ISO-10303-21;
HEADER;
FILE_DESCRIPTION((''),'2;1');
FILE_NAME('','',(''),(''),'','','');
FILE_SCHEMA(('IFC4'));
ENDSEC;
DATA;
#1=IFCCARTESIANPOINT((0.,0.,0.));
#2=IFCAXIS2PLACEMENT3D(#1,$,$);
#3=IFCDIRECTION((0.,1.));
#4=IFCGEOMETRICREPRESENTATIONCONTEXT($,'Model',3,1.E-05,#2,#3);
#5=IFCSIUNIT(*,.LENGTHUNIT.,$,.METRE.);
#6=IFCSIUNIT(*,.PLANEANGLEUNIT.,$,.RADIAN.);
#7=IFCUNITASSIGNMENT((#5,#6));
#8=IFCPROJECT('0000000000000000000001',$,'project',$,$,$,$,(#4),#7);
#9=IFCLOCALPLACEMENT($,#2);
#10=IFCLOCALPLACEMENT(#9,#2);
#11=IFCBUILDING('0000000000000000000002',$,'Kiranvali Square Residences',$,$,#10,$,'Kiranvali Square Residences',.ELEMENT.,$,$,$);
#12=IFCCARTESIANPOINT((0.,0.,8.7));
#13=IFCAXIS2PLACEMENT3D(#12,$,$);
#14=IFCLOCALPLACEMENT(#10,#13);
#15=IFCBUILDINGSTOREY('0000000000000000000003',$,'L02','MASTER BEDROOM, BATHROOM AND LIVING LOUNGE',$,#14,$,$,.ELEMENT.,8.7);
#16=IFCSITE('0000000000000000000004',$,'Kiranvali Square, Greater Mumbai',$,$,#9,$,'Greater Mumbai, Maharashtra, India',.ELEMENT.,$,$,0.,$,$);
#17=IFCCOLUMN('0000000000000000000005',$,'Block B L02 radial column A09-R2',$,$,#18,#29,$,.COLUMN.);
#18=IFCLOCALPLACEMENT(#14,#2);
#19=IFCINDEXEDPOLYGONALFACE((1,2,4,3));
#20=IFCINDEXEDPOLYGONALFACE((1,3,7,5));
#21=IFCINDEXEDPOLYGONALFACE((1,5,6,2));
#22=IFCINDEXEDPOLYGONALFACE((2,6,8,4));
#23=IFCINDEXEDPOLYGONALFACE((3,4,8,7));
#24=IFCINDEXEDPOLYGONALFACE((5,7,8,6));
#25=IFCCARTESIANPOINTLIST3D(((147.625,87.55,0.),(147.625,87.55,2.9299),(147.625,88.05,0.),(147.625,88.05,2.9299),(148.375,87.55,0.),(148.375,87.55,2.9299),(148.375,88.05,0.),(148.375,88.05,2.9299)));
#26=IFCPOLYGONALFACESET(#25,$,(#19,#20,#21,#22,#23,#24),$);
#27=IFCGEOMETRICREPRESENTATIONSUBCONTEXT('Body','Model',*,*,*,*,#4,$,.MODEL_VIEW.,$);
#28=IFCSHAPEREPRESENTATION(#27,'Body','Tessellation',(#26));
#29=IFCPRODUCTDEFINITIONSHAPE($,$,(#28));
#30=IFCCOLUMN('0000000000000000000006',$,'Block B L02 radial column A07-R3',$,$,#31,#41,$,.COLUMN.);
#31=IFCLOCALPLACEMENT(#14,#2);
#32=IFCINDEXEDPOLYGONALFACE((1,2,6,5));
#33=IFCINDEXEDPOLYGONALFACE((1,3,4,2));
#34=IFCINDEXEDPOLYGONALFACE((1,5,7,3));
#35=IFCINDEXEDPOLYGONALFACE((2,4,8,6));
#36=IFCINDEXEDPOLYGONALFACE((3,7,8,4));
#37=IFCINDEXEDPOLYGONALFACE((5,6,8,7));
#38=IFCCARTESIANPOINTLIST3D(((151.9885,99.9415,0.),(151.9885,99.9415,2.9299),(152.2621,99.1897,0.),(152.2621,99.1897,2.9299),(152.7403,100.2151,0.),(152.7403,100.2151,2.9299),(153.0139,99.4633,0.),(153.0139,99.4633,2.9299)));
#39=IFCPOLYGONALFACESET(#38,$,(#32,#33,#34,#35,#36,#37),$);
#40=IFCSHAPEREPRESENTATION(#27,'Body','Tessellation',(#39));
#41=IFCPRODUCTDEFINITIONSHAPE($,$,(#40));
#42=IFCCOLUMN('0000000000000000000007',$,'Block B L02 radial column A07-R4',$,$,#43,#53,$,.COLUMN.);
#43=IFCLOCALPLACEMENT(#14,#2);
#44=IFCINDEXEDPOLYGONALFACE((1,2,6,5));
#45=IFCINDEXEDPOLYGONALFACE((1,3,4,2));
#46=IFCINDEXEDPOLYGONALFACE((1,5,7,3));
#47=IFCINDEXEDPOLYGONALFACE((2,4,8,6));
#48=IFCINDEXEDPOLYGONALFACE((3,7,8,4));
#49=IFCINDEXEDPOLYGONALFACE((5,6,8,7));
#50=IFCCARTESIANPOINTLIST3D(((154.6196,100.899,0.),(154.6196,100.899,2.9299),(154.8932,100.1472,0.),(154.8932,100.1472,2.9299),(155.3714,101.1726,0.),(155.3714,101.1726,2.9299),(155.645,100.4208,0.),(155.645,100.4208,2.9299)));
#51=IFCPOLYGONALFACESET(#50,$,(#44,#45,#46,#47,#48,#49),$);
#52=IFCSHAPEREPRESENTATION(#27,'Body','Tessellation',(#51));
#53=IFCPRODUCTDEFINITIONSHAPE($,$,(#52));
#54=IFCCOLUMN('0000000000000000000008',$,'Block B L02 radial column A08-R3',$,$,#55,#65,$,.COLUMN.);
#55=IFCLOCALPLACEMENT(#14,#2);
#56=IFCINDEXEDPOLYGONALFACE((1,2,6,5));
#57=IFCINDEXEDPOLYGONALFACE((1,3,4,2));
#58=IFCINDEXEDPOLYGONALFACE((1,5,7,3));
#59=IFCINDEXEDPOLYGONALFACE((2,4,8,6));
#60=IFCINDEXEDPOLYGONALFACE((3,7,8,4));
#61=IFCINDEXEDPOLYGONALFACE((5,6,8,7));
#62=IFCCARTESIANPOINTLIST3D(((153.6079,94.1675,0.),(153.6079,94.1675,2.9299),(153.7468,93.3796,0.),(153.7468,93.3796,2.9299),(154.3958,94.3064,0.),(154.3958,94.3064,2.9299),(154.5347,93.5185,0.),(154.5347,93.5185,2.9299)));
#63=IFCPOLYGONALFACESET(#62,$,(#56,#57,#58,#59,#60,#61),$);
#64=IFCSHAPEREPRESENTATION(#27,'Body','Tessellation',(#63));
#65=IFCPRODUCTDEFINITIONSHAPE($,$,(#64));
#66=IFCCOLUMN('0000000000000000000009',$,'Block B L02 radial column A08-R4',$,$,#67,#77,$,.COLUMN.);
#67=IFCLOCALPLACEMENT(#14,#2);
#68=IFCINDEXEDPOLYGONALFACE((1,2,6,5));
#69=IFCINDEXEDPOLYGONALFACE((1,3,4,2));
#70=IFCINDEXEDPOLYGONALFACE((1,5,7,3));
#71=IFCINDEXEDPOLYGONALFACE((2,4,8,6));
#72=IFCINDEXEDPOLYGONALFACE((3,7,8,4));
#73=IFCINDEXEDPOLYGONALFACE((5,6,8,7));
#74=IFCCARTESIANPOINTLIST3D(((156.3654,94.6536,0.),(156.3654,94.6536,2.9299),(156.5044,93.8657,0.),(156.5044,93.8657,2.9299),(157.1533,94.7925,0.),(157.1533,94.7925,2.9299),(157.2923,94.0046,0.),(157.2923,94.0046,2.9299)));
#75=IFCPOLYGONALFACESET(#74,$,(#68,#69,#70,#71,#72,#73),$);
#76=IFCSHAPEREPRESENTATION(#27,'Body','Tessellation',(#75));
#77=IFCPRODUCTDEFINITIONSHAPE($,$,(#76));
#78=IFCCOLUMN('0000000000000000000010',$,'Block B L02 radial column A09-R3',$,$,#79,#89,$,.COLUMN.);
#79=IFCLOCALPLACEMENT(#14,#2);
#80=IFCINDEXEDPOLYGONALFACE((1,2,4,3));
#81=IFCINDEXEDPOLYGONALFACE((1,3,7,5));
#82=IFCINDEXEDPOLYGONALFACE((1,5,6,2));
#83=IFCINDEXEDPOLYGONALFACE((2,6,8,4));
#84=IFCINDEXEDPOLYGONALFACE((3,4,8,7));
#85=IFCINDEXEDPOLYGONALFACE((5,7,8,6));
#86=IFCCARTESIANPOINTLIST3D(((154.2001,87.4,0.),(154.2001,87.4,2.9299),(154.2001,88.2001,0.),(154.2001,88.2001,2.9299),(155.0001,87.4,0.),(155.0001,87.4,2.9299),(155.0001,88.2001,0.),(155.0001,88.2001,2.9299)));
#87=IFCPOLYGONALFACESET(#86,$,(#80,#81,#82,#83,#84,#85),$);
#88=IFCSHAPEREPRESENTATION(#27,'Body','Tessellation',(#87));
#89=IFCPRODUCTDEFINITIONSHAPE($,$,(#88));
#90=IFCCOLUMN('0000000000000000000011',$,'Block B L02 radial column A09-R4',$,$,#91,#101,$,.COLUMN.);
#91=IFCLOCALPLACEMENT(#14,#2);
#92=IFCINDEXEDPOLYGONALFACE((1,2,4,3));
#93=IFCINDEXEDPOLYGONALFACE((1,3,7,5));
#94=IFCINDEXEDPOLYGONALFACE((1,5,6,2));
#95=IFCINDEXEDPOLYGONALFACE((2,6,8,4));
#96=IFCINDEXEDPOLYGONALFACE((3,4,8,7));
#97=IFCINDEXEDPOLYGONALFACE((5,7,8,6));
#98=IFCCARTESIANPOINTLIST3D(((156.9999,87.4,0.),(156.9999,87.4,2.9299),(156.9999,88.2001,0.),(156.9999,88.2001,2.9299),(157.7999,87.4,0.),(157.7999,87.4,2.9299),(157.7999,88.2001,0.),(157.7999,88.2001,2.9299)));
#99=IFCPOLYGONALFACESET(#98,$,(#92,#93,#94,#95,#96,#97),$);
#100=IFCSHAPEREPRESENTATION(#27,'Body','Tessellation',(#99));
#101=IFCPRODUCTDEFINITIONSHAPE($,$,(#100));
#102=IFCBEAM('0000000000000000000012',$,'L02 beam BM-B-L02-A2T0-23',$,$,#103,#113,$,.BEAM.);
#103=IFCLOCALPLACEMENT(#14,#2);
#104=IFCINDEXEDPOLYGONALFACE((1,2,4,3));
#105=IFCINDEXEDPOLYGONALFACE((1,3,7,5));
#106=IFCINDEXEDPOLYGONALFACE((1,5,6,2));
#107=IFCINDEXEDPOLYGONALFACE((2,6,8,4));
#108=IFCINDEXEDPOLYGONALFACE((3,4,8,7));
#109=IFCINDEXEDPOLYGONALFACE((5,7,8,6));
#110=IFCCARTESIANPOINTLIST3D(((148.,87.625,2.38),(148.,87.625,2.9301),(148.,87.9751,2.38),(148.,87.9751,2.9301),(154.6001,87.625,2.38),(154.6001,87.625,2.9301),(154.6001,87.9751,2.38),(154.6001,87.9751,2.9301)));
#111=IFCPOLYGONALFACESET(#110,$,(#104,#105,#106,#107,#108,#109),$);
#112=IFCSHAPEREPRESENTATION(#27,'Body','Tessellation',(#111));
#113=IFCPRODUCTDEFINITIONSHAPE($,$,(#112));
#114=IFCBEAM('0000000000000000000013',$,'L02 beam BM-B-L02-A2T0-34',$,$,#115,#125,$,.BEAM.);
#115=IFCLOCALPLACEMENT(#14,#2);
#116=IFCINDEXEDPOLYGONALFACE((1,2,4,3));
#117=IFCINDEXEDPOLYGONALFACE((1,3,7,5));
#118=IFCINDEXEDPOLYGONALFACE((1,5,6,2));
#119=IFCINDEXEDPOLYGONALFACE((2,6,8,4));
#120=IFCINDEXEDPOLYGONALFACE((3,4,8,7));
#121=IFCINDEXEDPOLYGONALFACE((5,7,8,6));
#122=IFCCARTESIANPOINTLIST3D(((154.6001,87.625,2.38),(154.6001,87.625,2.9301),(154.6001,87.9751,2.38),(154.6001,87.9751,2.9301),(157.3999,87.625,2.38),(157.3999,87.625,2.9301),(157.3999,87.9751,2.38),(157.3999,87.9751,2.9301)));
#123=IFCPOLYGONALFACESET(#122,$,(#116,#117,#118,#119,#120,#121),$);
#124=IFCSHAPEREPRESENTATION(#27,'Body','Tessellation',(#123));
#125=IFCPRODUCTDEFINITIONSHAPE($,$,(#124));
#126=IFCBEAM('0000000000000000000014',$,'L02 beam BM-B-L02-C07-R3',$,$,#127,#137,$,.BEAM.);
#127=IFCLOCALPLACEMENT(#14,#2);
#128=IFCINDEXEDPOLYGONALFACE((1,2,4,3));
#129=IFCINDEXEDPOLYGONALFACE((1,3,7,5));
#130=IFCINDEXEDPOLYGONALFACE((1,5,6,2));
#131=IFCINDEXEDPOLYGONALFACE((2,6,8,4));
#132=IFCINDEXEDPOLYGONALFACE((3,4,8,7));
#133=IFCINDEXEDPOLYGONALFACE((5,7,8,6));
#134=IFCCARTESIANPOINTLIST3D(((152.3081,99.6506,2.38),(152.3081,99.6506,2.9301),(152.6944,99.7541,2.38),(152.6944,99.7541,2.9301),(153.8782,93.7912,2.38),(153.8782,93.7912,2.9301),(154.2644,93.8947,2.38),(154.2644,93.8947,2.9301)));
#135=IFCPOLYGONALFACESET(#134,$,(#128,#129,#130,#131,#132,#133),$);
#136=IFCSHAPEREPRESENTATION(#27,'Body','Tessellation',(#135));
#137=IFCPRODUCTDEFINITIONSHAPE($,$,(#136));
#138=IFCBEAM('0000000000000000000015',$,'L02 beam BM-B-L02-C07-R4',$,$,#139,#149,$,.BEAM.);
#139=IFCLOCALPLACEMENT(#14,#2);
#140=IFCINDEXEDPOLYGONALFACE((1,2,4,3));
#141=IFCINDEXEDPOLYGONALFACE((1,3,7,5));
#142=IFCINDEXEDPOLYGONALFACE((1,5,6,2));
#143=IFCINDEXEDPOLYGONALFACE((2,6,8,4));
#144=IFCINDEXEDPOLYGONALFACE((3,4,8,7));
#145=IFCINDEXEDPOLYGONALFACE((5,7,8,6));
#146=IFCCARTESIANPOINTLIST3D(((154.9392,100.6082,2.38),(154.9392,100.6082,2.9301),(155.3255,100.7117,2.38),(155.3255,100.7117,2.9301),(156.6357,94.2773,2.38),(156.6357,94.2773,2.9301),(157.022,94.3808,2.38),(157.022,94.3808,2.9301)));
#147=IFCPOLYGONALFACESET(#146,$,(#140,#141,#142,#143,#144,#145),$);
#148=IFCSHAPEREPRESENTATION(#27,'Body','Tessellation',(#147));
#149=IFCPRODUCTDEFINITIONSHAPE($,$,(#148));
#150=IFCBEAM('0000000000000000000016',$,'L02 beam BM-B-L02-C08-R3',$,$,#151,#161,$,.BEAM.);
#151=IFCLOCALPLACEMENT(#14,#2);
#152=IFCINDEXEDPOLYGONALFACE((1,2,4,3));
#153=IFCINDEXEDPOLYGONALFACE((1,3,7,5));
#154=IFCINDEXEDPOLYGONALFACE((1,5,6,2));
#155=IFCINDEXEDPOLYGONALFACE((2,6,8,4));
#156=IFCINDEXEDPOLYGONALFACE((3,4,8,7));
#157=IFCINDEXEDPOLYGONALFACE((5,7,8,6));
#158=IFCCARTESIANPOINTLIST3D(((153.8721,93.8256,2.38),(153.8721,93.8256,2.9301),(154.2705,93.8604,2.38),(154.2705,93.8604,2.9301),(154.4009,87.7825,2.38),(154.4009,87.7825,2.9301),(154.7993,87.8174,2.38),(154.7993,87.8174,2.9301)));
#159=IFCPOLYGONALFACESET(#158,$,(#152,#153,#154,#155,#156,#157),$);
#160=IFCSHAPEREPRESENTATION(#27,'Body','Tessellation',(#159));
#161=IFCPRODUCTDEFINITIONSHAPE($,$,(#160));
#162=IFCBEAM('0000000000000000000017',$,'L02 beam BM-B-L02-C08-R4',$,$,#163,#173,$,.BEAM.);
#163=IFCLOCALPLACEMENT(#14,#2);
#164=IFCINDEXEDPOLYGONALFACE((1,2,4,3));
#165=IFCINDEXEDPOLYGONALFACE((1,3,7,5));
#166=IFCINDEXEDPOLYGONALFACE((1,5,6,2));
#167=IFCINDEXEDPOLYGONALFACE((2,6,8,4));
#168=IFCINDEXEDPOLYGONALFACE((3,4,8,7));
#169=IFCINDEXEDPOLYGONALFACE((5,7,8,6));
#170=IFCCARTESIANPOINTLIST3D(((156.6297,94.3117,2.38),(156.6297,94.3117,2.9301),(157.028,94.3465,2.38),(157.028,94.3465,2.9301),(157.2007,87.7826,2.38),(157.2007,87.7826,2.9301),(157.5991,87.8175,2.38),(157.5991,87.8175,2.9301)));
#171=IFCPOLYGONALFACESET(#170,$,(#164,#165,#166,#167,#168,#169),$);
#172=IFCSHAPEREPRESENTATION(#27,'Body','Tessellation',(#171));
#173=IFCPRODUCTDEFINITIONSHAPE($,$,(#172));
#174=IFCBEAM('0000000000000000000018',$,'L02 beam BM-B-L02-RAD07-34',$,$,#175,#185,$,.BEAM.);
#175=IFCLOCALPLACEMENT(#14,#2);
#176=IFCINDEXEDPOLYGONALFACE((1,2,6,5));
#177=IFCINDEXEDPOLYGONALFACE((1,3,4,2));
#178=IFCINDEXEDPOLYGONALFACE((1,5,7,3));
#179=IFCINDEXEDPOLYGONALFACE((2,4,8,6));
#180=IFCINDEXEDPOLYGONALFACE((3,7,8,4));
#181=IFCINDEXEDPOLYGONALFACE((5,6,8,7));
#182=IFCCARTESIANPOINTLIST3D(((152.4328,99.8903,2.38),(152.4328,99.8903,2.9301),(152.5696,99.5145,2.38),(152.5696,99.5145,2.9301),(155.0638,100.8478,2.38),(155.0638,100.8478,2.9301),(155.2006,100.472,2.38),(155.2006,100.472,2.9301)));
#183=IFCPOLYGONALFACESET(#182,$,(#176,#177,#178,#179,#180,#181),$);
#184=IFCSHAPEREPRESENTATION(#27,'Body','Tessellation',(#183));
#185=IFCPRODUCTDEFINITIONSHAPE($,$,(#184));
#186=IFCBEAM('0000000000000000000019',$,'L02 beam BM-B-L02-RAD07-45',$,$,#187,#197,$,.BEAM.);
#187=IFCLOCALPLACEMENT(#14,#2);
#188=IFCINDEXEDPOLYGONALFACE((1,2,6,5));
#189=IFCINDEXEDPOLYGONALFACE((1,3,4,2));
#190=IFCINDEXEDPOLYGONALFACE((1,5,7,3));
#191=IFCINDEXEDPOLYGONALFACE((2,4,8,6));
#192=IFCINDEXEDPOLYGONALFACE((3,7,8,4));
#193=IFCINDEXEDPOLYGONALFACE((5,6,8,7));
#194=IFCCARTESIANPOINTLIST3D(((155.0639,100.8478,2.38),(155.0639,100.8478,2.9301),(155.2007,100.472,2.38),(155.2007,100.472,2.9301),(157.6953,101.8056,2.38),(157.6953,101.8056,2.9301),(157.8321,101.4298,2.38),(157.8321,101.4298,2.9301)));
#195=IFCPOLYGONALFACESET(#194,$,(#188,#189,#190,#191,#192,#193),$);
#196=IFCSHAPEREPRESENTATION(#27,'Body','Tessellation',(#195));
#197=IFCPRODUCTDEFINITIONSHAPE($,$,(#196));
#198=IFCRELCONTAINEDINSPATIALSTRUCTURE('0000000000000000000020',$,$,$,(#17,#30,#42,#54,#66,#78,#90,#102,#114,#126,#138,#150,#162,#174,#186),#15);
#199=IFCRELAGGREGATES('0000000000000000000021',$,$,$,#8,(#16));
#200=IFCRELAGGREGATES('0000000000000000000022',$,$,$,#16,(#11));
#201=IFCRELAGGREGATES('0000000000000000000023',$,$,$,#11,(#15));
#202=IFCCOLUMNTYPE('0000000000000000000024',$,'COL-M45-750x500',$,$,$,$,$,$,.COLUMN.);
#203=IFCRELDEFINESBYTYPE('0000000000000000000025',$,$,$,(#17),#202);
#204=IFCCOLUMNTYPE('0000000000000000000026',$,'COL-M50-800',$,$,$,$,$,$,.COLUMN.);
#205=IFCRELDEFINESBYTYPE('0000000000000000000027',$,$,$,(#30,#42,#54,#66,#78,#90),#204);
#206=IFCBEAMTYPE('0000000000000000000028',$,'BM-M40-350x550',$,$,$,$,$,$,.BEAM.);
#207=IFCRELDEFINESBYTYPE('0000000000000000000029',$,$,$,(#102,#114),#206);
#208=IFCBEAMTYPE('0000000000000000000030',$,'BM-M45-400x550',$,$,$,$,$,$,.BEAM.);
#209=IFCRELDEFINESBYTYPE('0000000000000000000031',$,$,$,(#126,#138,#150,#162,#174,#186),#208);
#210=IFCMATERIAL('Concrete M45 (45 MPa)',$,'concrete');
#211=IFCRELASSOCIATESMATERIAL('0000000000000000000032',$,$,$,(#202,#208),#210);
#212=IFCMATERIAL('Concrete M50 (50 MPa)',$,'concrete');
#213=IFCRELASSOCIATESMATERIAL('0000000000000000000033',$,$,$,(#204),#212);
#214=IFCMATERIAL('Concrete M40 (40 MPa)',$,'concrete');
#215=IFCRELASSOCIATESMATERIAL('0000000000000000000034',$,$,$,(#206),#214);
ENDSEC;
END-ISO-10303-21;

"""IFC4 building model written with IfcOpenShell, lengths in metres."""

from ifc_helpers import new_model, si_unit, direction, frame, origin, origin_2d, place, context, subcontext, project, spatial, rectangle, extrude, material, material_profile, profile_set, type_object, element, save


model = new_model("IFC4")

# Units and contexts
model_context = context("Model", 3, precision=1e-05, world=origin(), true_north=direction((0.0, 1.0)))
body_context = subcontext(model_context, "Body", "Model", "MODEL_VIEW")
ifc_project = project(units=[si_unit("LENGTHUNIT", "METRE"), si_unit("PLANEANGLEUNIT", "RADIAN")], contexts=[model_context])

# Site, building, storey
site_placement = place(None, origin())
site = spatial("IfcSite", under=ifc_project, at=site_placement, Name="Kiranvali Square, Greater Mumbai", LongName="Greater Mumbai, Maharashtra, India", CompositionType="ELEMENT", RefElevation=0.0)
building_placement = place(site_placement, origin())
building = spatial("IfcBuilding", under=site, at=building_placement, Name="Kiranvali Square Residences", LongName="Kiranvali Square Residences", CompositionType="ELEMENT")
storey_placement = place(building_placement, frame((0.0, 0.0, 8.7)))
storey = spatial("IfcBuildingStorey", under=building, at=storey_placement, Name="L02", Description="MASTER BEDROOM, BATHROOM AND LIVING LOUNGE", CompositionType="ELEMENT", Elevation=8.7)

# Columns
ifc_material_1 = material(Name="Concrete M45 (45 MPa)", Category="concrete")
ifc_material_profile_1 = material_profile(ifc_material_1, rectangle(XDim=0.5, YDim=0.75, at=origin_2d()), Name="RC 750x500")
ifc_profile_set_1 = profile_set([ifc_material_profile_1], Name="Concrete M45 (45 MPa)")
column_type_1 = type_object("IfcColumnType", Name="COL-M45-750x500", PredefinedType="COLUMN", material=ifc_profile_set_1)
column_placement = place(storey_placement, frame((148.0, 87.8, 0.0), z_axis=(0.0, 0.0, 1.0), x_axis=(0.0, 1.0, 0.0)))
element("IfcColumn", 1, at=column_placement, inside=storey, type_object=column_type_1, Name="Block B L02 radial column A09-R2", PredefinedType="COLUMN", context=body_context, shape_type="SweptSolid", body=[
    extrude(rectangle(XDim=0.5, YDim=0.75, at=origin_2d()), origin(), (0.0, 0.0, 1.0), 2.9299),
])
ifc_material_2 = material(Name="Concrete M50 (50 MPa)", Category="concrete")
ifc_material_profile_2 = material_profile(ifc_material_2, rectangle(XDim=0.8, YDim=0.8, at=origin_2d()), Name="RC 800x800")
ifc_profile_set_2 = profile_set([ifc_material_profile_2], Name="Concrete M50 (50 MPa)")
column_type_2 = type_object("IfcColumnType", Name="COL-M50-800", PredefinedType="COLUMN", material=ifc_profile_set_2)
for number, where, z_axis, x_axis, name in (
    (2, (152.5012, 99.7024, 0.0), (0.0, 0.0, 1.0), (-0.34202, 0.939693, 0.0), "Block B L02 radial column A07-R3"),
    (3, (155.1323, 100.6599, 0.0), (0.0, 0.0, 1.0), (-0.34202, 0.939693, 0.0), "Block B L02 radial column A07-R4"),
    (4, (154.0713, 93.843, 0.0), (0.0, 0.0, 1.0), (-0.173648, 0.984808, 0.0), "Block B L02 radial column A08-R3"),
    (5, (156.8289, 94.3291, 0.0), (0.0, 0.0, 1.0), (-0.173648, 0.984808, 0.0), "Block B L02 radial column A08-R4"),
    (6, (154.6001, 87.8, 0.0), (0.0, 0.0, 1.0), (0.0, 1.0, 0.0), "Block B L02 radial column A09-R3"),
    (7, (157.3999, 87.8, 0.0), (0.0, 0.0, 1.0), (0.0, 1.0, 0.0), "Block B L02 radial column A09-R4"),
):
    element("IfcColumn", number, at=place(storey_placement, frame(where, z_axis=z_axis, x_axis=x_axis)), inside=storey, type_object=column_type_2, Name=name, PredefinedType="COLUMN", context=body_context, shape_type="SweptSolid", body=[
        extrude(rectangle(XDim=0.8, YDim=0.8, at=origin_2d()), origin(), (0.0, 0.0, 1.0), 2.9299),
    ])

# Beams
ifc_material_3 = material(Name="Concrete M40 (40 MPa)", Category="concrete")
ifc_material_profile_3 = material_profile(ifc_material_3, rectangle(XDim=0.3501, YDim=0.55, at=origin_2d()), Name="RC 350x550")
ifc_profile_set_3 = profile_set([ifc_material_profile_3], Name="Concrete M40 (40 MPa)")
beam_type_1 = type_object("IfcBeamType", Name="BM-M40-350x550", PredefinedType="BEAM", material=ifc_profile_set_3)
beam_1_placement = place(storey_placement, frame((148.0, 87.8, 2.655), z_axis=(1.0, 0.0, 0.0), x_axis=(0.0, 1.0, 0.0)))
element("IfcBeam", 8, at=beam_1_placement, inside=storey, type_object=beam_type_1, Name="L02 beam BM-B-L02-A2T0-23", PredefinedType="BEAM", context=body_context, shape_type="SweptSolid", body=[
    extrude(rectangle(XDim=0.3501, YDim=0.55, at=origin_2d()), origin(), (0.0, 0.0, 1.0), 6.6001),
])
beam_2_placement = place(storey_placement, frame((154.6001, 87.8, 2.655), z_axis=(1.0, 0.0, 0.0), x_axis=(0.0, 1.0, 0.0)))
element("IfcBeam", 9, at=beam_2_placement, inside=storey, type_object=beam_type_1, Name="L02 beam BM-B-L02-A2T0-34", PredefinedType="BEAM", context=body_context, shape_type="SweptSolid", body=[
    extrude(rectangle(XDim=0.3501, YDim=0.55, at=origin_2d()), origin(), (0.0, 0.0, 1.0), 2.7998),
])
ifc_material_profile_4 = material_profile(ifc_material_1, rectangle(XDim=0.3999, YDim=0.55, at=origin_2d()), Name="RC 400x550")
ifc_profile_set_4 = profile_set([ifc_material_profile_4], Name="Concrete M45 (45 MPa)")
beam_type_2 = type_object("IfcBeamType", Name="BM-M45-400x550", PredefinedType="BEAM", material=ifc_profile_set_4)
beam_3_placement = place(storey_placement, frame((152.5012, 99.7024, 2.655), z_axis=(0.258827, -0.965924, 0.0), x_axis=(0.965924, 0.258827, 0.0)))
element("IfcBeam", 10, at=beam_3_placement, inside=storey, type_object=beam_type_2, Name="L02 beam BM-B-L02-C07-R3", PredefinedType="BEAM", context=body_context, shape_type="SweptSolid", body=[
    extrude(rectangle(XDim=0.3999, YDim=0.55, at=origin_2d()), origin(), (0.0, 0.0, 1.0), 6.0662),
])
beam_4_placement = place(storey_placement, frame((155.1323, 100.6599, 2.655), z_axis=(0.258847, -0.965918, 0.0), x_axis=(0.965918, 0.258847, 0.0)))
element("IfcBeam", 11, at=beam_4_placement, inside=storey, type_object=beam_type_2, Name="L02 beam BM-B-L02-C07-R4", PredefinedType="BEAM", context=body_context, shape_type="SweptSolid", body=[
    extrude(rectangle(XDim=0.3999, YDim=0.55, at=origin_2d()), origin(), (0.0, 0.0, 1.0), 6.5542),
])
beam_5_placement = place(storey_placement, frame((154.0713, 93.843, 2.655), z_axis=(0.087175, -0.996193, 0.0), x_axis=(0.996193, 0.087175, 0.0)))
element("IfcBeam", 12, at=beam_5_placement, inside=storey, type_object=beam_type_2, Name="L02 beam BM-B-L02-C08-R3", PredefinedType="BEAM", context=body_context, shape_type="SweptSolid", body=[
    extrude(rectangle(XDim=0.3999, YDim=0.55, at=origin_2d()), origin(), (0.0, 0.0, 1.0), 6.0662),
])
beam_6_placement = place(storey_placement, frame((156.8289, 94.3291, 2.655), z_axis=(0.08713, -0.996197, 0.0), x_axis=(0.996197, 0.08713, 0.0)))
element("IfcBeam", 13, at=beam_6_placement, inside=storey, type_object=beam_type_2, Name="L02 beam BM-B-L02-C08-R4", PredefinedType="BEAM", context=body_context, shape_type="SweptSolid", body=[
    extrude(rectangle(XDim=0.3999, YDim=0.55, at=origin_2d()), origin(), (0.0, 0.0, 1.0), 6.554),
])
beam_7_placement = place(storey_placement, frame((152.5012, 99.7024, 2.655), z_axis=(0.939707, 0.341981, 0.0), x_axis=(-0.341981, 0.939707, 0.0)))
element("IfcBeam", 14, at=beam_7_placement, inside=storey, type_object=beam_type_2, Name="L02 beam BM-B-L02-RAD07-34", PredefinedType="BEAM", context=body_context, shape_type="SweptSolid", body=[
    extrude(rectangle(XDim=0.3999, YDim=0.55, at=origin_2d()), origin(), (0.0, 0.0, 1.0), 2.7998),
])
beam_8_placement = place(storey_placement, frame((155.1323, 100.6599, 2.655), z_axis=(0.939689, 0.34203, 0.0), x_axis=(-0.34203, 0.939689, 0.0)))
element("IfcBeam", 15, at=beam_8_placement, inside=storey, type_object=beam_type_2, Name="L02 beam BM-B-L02-RAD07-45", PredefinedType="BEAM", context=body_context, shape_type="SweptSolid", body=[
    extrude(rectangle(XDim=0.3999, YDim=0.55, at=origin_2d()), origin(), (0.0, 0.0, 1.0), 2.8003),
])

save(model, "model.ifc")
